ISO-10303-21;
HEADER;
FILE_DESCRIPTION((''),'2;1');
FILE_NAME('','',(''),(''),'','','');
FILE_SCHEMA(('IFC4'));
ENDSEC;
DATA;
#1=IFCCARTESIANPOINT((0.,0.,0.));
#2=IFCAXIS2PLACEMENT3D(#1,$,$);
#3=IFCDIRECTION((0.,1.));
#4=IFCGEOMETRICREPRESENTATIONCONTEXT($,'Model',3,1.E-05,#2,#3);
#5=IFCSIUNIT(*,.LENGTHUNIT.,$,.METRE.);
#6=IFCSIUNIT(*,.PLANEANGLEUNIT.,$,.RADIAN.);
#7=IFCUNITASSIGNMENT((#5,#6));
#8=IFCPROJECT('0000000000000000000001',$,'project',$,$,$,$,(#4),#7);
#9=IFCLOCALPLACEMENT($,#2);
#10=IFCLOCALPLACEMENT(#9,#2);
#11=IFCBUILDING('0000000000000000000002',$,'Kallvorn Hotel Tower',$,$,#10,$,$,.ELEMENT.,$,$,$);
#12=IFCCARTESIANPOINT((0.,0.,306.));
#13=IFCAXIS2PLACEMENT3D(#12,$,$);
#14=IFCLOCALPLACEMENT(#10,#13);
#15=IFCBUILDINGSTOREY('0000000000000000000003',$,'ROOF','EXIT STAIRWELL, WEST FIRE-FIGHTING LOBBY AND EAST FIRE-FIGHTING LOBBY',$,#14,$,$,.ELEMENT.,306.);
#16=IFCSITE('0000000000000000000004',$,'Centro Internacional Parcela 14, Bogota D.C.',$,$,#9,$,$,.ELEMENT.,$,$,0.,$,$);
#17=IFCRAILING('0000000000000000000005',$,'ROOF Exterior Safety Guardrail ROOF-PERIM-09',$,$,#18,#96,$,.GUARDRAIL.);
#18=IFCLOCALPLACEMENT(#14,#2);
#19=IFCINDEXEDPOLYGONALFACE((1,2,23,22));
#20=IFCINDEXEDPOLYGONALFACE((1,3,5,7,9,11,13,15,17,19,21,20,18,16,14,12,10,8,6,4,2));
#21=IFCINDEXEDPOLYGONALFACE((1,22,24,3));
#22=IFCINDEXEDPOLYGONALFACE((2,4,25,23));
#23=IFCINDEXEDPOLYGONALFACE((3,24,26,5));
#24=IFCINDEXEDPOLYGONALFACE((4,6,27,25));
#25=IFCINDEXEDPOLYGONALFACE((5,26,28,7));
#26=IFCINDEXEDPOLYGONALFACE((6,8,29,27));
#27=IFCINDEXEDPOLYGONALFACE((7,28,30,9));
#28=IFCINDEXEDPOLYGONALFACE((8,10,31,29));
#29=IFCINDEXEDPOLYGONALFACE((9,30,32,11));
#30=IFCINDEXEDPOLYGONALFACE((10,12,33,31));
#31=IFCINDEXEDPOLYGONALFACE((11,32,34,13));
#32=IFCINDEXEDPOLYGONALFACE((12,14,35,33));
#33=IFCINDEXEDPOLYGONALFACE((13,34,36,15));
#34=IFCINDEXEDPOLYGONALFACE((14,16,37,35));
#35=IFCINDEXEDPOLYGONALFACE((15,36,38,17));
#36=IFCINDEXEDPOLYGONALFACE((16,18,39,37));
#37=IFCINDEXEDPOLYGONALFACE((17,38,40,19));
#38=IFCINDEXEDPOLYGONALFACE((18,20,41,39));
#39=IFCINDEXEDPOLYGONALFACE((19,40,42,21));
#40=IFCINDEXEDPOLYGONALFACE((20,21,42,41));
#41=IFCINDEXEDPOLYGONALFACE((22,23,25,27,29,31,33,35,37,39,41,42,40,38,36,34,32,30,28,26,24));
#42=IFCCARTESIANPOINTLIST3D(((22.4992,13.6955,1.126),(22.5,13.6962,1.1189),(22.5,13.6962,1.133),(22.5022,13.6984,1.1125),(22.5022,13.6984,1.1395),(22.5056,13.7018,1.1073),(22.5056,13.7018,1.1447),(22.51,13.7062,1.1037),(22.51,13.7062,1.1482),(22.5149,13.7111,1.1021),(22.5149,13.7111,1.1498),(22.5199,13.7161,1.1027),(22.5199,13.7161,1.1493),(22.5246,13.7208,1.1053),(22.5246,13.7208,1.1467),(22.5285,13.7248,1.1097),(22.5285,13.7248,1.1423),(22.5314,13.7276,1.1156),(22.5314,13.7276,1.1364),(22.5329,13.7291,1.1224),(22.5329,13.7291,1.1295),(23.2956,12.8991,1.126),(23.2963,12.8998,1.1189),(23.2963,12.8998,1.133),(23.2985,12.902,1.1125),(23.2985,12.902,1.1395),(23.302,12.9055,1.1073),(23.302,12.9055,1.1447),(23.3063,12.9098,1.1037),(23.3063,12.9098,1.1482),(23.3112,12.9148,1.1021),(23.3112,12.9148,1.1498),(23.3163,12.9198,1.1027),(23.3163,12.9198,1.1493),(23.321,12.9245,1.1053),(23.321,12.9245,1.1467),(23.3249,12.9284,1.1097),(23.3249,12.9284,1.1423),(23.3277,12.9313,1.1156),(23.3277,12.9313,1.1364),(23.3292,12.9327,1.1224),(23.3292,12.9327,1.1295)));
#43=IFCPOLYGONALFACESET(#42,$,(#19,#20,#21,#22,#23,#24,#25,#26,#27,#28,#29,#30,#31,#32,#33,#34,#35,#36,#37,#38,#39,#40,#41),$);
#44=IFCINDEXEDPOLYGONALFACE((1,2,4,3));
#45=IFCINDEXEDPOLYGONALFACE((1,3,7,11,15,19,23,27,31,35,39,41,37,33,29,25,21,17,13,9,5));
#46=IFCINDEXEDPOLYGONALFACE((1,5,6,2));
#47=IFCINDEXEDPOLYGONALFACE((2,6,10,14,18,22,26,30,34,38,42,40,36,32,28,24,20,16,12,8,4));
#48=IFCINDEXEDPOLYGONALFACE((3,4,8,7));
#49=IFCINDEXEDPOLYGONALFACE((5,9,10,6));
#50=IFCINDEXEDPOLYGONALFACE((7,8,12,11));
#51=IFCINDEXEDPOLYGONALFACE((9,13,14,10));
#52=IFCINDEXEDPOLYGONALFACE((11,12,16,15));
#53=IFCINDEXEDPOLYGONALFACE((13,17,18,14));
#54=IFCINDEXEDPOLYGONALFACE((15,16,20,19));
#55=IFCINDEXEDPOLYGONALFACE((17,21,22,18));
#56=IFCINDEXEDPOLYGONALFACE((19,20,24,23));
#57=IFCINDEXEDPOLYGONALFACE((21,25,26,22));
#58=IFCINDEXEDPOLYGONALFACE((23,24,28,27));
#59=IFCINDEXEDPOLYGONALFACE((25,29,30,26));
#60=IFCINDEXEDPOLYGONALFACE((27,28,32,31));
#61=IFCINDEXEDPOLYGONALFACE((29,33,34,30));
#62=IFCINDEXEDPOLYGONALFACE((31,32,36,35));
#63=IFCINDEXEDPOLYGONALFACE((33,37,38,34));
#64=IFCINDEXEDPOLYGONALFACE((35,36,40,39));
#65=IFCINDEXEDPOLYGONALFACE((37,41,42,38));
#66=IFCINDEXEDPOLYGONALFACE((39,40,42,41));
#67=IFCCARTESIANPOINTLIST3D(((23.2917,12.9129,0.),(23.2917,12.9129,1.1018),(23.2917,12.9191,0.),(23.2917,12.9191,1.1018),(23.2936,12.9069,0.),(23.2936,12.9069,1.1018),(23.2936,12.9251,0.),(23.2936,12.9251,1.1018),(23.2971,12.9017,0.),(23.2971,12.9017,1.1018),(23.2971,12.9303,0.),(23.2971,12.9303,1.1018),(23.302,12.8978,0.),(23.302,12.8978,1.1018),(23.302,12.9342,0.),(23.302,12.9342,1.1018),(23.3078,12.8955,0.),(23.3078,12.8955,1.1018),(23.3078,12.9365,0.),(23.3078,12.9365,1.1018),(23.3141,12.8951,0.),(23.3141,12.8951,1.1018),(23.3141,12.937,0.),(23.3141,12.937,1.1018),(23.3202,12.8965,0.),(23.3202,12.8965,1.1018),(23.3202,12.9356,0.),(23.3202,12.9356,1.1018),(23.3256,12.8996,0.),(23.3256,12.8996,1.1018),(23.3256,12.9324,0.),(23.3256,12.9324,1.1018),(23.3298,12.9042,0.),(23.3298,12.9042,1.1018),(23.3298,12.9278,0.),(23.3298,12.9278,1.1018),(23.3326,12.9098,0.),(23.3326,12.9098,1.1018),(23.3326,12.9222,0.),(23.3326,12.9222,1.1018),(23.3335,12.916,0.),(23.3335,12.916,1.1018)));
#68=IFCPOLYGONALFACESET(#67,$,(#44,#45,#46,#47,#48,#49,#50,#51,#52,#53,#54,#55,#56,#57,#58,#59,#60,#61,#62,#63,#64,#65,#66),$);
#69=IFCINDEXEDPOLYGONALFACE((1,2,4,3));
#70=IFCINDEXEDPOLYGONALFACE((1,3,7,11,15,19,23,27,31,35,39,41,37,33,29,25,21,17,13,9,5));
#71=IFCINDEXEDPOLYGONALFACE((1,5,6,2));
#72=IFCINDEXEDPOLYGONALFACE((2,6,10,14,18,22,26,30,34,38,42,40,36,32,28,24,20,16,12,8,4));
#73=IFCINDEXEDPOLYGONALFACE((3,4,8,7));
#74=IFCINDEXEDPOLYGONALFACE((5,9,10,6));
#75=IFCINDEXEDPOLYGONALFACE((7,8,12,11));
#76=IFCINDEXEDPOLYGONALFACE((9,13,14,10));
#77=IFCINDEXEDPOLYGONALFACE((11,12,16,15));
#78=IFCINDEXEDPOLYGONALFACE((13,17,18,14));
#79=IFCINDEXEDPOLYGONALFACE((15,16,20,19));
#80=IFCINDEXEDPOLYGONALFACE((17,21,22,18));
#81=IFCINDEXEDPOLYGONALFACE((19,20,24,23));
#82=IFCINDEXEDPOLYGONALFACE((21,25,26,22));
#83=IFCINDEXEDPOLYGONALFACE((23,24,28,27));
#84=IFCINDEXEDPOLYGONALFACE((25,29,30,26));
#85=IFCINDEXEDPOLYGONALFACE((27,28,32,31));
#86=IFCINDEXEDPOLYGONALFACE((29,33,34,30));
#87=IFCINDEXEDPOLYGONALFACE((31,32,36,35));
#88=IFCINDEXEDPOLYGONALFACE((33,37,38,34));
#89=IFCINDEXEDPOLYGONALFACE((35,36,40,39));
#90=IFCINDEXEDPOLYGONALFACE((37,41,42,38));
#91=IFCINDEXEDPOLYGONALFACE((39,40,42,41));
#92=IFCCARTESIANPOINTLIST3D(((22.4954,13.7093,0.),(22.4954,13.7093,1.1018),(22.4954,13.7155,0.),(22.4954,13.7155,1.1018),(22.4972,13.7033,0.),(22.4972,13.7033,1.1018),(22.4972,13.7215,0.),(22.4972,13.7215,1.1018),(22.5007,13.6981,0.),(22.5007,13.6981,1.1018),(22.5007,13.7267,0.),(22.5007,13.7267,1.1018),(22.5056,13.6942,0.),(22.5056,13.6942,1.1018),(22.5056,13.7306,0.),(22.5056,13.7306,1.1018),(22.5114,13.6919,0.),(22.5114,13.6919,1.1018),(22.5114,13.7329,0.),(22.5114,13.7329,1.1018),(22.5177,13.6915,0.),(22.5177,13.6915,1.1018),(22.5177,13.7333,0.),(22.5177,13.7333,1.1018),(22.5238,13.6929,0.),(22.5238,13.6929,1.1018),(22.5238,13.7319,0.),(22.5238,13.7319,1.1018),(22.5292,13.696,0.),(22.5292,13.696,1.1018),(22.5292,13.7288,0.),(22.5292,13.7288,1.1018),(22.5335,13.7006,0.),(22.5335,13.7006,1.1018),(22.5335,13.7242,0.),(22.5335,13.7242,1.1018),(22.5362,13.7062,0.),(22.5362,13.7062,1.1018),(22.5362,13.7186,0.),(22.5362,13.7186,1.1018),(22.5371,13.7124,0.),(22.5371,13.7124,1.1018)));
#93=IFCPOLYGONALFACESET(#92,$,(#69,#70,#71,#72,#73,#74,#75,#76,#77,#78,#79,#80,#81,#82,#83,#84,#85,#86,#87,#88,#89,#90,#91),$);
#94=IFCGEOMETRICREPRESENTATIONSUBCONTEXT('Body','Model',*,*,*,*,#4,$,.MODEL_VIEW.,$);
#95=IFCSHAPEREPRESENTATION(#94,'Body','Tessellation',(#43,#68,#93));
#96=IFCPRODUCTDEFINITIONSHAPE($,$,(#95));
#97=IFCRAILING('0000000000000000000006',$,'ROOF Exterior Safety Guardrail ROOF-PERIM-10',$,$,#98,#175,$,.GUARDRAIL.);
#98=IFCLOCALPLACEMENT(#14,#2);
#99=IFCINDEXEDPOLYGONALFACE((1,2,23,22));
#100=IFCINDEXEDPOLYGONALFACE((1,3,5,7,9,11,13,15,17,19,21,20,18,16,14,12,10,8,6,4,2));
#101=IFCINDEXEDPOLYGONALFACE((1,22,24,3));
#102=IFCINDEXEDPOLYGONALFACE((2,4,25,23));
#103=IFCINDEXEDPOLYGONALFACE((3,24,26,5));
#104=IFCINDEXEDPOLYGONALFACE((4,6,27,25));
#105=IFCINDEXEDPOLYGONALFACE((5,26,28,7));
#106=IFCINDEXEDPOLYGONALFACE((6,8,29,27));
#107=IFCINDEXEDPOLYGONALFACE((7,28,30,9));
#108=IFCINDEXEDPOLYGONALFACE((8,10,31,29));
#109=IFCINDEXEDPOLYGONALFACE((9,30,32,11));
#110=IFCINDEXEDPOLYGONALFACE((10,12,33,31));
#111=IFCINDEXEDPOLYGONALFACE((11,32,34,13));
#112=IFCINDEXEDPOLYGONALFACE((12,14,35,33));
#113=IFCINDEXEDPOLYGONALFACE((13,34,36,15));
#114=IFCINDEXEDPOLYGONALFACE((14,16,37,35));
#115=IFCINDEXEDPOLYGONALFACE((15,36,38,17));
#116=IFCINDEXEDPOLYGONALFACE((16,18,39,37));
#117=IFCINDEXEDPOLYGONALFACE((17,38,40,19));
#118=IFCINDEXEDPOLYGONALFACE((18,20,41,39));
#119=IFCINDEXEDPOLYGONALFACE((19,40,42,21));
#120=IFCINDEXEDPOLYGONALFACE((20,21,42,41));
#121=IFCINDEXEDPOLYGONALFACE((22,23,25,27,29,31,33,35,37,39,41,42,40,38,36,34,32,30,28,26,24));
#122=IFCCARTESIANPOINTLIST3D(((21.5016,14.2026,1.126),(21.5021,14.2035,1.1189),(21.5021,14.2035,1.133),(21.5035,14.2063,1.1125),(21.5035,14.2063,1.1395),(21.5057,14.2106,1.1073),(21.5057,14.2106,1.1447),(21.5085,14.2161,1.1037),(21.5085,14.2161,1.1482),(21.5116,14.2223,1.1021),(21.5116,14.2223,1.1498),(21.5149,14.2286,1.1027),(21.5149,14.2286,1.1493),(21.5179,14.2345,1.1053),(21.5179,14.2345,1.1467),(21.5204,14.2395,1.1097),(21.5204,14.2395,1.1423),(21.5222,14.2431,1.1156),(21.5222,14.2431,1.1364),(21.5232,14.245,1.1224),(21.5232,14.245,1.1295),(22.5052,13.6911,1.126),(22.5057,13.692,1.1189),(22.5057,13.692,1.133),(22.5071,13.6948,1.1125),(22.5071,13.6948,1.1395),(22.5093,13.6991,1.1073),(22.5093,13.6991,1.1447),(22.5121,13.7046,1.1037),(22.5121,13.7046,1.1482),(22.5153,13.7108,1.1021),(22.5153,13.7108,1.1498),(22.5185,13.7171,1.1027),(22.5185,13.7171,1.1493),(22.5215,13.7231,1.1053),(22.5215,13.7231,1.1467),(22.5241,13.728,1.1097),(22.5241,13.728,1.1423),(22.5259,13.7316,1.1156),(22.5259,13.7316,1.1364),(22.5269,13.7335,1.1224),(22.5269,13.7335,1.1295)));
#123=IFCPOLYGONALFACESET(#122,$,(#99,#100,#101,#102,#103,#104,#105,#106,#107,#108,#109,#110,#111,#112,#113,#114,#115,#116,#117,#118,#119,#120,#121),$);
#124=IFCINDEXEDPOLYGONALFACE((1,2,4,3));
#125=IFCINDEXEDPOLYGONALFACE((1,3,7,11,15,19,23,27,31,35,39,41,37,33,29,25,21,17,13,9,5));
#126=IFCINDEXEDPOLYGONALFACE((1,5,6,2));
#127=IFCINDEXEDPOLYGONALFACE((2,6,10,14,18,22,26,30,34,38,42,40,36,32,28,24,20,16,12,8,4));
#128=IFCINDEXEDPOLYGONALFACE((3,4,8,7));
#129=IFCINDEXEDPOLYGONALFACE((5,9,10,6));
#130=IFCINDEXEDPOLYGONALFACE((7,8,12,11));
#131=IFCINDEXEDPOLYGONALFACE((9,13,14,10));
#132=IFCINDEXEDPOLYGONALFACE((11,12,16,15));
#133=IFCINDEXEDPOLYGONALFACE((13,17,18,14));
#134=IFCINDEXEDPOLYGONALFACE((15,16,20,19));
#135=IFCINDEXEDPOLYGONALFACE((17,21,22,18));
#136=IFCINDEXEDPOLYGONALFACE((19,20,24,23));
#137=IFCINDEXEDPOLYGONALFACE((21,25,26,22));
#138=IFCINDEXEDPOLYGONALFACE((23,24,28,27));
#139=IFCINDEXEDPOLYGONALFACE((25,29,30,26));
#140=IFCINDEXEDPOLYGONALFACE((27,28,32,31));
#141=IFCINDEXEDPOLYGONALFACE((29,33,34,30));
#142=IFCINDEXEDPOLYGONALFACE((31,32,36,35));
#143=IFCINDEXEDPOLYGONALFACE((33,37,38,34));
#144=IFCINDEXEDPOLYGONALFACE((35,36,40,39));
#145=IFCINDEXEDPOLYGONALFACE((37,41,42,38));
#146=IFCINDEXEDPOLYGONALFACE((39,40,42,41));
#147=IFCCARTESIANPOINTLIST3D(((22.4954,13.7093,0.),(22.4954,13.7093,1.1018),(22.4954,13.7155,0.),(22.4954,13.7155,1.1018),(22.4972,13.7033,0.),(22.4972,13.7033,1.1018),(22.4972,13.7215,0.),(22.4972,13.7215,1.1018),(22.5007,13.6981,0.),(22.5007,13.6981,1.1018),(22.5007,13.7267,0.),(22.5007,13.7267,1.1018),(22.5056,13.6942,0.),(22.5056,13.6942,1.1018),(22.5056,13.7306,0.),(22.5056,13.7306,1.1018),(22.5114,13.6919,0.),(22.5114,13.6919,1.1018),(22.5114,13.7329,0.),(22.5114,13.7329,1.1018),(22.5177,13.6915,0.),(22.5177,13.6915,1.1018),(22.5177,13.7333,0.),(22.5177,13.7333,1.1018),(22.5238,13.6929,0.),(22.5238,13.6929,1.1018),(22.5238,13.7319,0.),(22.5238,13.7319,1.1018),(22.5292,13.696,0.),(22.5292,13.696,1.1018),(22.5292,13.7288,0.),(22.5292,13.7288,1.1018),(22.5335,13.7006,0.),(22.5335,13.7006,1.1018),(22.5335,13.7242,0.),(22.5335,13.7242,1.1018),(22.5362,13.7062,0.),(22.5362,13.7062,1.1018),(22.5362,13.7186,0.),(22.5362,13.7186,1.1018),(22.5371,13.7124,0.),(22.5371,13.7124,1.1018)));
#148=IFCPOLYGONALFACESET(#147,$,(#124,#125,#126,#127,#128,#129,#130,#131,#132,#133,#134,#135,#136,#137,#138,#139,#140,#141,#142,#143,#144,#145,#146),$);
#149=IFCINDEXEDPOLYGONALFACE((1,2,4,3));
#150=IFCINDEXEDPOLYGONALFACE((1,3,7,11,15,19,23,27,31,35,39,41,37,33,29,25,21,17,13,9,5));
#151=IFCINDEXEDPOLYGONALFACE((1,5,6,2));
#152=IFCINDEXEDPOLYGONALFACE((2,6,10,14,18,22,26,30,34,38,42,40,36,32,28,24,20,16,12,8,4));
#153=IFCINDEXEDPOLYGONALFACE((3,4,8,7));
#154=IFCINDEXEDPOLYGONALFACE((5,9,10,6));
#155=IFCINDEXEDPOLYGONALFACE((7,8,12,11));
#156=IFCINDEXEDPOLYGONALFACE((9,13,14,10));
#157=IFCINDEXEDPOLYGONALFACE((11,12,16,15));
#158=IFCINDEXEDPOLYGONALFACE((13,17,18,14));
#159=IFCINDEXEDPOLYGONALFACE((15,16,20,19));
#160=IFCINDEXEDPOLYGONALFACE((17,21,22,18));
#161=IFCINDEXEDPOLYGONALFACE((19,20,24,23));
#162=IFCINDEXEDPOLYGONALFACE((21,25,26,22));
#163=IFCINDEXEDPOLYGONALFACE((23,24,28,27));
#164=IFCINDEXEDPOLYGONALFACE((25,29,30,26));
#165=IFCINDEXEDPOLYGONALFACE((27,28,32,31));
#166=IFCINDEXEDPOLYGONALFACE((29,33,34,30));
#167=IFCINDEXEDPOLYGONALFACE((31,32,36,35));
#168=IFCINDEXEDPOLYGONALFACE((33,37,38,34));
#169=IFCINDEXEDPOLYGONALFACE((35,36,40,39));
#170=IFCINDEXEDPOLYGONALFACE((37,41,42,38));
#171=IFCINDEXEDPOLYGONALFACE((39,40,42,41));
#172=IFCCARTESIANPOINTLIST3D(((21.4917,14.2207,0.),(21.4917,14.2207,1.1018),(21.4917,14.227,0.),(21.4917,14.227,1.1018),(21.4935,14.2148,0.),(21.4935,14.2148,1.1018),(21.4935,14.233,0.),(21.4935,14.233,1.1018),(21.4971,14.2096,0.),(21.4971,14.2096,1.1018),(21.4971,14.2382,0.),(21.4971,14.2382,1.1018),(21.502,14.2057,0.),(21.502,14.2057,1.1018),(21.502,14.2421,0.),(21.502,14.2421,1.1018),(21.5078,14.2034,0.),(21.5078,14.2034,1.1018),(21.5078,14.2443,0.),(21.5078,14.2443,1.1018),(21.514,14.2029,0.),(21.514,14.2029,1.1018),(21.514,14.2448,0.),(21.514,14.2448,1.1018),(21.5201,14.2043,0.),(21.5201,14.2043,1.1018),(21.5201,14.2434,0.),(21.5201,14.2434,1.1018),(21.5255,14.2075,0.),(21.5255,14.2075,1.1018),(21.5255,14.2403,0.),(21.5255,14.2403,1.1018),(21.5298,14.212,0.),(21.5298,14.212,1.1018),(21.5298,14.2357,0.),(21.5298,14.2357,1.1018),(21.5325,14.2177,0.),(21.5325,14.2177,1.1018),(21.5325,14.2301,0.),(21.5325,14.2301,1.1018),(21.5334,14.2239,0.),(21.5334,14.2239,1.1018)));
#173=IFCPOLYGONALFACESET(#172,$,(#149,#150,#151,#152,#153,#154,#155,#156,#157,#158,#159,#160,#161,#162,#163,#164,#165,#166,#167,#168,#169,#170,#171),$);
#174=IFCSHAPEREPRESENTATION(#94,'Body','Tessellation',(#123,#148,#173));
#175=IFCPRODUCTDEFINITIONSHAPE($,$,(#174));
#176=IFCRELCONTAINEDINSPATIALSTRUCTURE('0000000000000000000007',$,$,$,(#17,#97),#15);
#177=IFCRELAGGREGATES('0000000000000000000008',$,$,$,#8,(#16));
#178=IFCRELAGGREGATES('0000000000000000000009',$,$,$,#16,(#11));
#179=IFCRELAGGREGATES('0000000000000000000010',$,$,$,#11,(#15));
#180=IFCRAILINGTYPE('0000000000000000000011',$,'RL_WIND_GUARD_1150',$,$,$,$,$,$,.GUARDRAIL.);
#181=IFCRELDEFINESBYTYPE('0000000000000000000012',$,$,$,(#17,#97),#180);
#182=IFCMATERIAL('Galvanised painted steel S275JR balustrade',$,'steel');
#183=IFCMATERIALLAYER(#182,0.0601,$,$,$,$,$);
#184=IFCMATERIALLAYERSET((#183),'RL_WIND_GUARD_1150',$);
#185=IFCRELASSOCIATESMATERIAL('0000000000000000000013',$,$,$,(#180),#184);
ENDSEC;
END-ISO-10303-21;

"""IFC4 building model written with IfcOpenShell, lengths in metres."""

from ifc_helpers import new_model, si_unit, direction, frame, origin, origin_2d, place, context, subcontext, project, spatial, circle, extrude, material, layer, layer_set, type_object, element, save


model = new_model("IFC4")

# Units and contexts
model_context = context("Model", 3, precision=1e-05, world=origin(), true_north=direction((0.0, 1.0)))
body_context = subcontext(model_context, "Body", "Model", "MODEL_VIEW")
ifc_project = project(units=[si_unit("LENGTHUNIT", "METRE"), si_unit("PLANEANGLEUNIT", "RADIAN")], contexts=[model_context])

# Site, building, storey
site_placement = place(None, origin())
site = spatial("IfcSite", under=ifc_project, at=site_placement, Name="Centro Internacional Parcela 14, Bogota D.C.", CompositionType="ELEMENT", RefElevation=0.0)
building_placement = place(site_placement, origin())
building = spatial("IfcBuilding", under=site, at=building_placement, Name="Kallvorn Hotel Tower", CompositionType="ELEMENT")
storey_placement = place(building_placement, frame((0.0, 0.0, 306.0)))
storey = spatial("IfcBuildingStorey", under=building, at=storey_placement, Name="ROOF", Description="EXIT STAIRWELL, WEST FIRE-FIGHTING LOBBY AND EAST FIRE-FIGHTING LOBBY", CompositionType="ELEMENT", Elevation=306.0)

# Railings
ifc_material_1 = material(Name="Galvanised painted steel S275JR balustrade", Category="steel")
ifc_layer_1 = layer(ifc_material_1, 0.0601)
ifc_layer_set_1 = layer_set([ifc_layer_1], Name="RL_WIND_GUARD_1150")
railing_type = type_object("IfcRailingType", Name="RL_WIND_GUARD_1150", PredefinedType="GUARDRAIL", material=ifc_layer_set_1)
railing_1_placement = place(storey_placement, frame((23.3125, 12.916, 0.0)))
element("IfcRailing", 1, at=railing_1_placement, inside=storey, type_object=railing_type, Name="ROOF Exterior Safety Guardrail ROOF-PERIM-09", PredefinedType="GUARDRAIL", context=body_context, shape_type="SweptSolid", body=[
    extrude(circle(Radius=0.0239, at=origin_2d()), frame((0.0, 0.0, 1.126), z_axis=(-0.707107, 0.707107, 0.0), x_axis=(-0.707107, -0.707107, 0.0)), (0.0, 0.0, 1.0), 1.1262),
    extrude(circle(Radius=0.021, at=origin_2d()), origin(), (0.0, 0.0, 1.0), 1.1018),
    extrude(circle(Radius=0.021, at=origin_2d()), frame((-0.7964, 0.7964, 0.0)), (0.0, 0.0, 1.0), 1.1018),
])
railing_2_placement = place(storey_placement, frame((22.5161, 13.7124, 0.0)))
element("IfcRailing", 2, at=railing_2_placement, inside=storey, type_object=railing_type, Name="ROOF Exterior Safety Guardrail ROOF-PERIM-10", PredefinedType="GUARDRAIL", context=body_context, shape_type="SweptSolid", body=[
    extrude(circle(Radius=0.0239, at=origin_2d()), frame((0.0, 0.0, 1.126), z_axis=(-0.890977, 0.454049, 0.0), x_axis=(-0.454049, -0.890977, 0.0)), (0.0, 0.0, 1.0), 1.1265),
    extrude(circle(Radius=0.021, at=origin_2d()), origin(), (0.0, 0.0, 1.0), 1.1018),
    extrude(circle(Radius=0.021, at=origin_2d()), frame((-1.0037, 0.5115, 0.0)), (0.0, 0.0, 1.0), 1.1018),
])

save(model, "model.ifc")
